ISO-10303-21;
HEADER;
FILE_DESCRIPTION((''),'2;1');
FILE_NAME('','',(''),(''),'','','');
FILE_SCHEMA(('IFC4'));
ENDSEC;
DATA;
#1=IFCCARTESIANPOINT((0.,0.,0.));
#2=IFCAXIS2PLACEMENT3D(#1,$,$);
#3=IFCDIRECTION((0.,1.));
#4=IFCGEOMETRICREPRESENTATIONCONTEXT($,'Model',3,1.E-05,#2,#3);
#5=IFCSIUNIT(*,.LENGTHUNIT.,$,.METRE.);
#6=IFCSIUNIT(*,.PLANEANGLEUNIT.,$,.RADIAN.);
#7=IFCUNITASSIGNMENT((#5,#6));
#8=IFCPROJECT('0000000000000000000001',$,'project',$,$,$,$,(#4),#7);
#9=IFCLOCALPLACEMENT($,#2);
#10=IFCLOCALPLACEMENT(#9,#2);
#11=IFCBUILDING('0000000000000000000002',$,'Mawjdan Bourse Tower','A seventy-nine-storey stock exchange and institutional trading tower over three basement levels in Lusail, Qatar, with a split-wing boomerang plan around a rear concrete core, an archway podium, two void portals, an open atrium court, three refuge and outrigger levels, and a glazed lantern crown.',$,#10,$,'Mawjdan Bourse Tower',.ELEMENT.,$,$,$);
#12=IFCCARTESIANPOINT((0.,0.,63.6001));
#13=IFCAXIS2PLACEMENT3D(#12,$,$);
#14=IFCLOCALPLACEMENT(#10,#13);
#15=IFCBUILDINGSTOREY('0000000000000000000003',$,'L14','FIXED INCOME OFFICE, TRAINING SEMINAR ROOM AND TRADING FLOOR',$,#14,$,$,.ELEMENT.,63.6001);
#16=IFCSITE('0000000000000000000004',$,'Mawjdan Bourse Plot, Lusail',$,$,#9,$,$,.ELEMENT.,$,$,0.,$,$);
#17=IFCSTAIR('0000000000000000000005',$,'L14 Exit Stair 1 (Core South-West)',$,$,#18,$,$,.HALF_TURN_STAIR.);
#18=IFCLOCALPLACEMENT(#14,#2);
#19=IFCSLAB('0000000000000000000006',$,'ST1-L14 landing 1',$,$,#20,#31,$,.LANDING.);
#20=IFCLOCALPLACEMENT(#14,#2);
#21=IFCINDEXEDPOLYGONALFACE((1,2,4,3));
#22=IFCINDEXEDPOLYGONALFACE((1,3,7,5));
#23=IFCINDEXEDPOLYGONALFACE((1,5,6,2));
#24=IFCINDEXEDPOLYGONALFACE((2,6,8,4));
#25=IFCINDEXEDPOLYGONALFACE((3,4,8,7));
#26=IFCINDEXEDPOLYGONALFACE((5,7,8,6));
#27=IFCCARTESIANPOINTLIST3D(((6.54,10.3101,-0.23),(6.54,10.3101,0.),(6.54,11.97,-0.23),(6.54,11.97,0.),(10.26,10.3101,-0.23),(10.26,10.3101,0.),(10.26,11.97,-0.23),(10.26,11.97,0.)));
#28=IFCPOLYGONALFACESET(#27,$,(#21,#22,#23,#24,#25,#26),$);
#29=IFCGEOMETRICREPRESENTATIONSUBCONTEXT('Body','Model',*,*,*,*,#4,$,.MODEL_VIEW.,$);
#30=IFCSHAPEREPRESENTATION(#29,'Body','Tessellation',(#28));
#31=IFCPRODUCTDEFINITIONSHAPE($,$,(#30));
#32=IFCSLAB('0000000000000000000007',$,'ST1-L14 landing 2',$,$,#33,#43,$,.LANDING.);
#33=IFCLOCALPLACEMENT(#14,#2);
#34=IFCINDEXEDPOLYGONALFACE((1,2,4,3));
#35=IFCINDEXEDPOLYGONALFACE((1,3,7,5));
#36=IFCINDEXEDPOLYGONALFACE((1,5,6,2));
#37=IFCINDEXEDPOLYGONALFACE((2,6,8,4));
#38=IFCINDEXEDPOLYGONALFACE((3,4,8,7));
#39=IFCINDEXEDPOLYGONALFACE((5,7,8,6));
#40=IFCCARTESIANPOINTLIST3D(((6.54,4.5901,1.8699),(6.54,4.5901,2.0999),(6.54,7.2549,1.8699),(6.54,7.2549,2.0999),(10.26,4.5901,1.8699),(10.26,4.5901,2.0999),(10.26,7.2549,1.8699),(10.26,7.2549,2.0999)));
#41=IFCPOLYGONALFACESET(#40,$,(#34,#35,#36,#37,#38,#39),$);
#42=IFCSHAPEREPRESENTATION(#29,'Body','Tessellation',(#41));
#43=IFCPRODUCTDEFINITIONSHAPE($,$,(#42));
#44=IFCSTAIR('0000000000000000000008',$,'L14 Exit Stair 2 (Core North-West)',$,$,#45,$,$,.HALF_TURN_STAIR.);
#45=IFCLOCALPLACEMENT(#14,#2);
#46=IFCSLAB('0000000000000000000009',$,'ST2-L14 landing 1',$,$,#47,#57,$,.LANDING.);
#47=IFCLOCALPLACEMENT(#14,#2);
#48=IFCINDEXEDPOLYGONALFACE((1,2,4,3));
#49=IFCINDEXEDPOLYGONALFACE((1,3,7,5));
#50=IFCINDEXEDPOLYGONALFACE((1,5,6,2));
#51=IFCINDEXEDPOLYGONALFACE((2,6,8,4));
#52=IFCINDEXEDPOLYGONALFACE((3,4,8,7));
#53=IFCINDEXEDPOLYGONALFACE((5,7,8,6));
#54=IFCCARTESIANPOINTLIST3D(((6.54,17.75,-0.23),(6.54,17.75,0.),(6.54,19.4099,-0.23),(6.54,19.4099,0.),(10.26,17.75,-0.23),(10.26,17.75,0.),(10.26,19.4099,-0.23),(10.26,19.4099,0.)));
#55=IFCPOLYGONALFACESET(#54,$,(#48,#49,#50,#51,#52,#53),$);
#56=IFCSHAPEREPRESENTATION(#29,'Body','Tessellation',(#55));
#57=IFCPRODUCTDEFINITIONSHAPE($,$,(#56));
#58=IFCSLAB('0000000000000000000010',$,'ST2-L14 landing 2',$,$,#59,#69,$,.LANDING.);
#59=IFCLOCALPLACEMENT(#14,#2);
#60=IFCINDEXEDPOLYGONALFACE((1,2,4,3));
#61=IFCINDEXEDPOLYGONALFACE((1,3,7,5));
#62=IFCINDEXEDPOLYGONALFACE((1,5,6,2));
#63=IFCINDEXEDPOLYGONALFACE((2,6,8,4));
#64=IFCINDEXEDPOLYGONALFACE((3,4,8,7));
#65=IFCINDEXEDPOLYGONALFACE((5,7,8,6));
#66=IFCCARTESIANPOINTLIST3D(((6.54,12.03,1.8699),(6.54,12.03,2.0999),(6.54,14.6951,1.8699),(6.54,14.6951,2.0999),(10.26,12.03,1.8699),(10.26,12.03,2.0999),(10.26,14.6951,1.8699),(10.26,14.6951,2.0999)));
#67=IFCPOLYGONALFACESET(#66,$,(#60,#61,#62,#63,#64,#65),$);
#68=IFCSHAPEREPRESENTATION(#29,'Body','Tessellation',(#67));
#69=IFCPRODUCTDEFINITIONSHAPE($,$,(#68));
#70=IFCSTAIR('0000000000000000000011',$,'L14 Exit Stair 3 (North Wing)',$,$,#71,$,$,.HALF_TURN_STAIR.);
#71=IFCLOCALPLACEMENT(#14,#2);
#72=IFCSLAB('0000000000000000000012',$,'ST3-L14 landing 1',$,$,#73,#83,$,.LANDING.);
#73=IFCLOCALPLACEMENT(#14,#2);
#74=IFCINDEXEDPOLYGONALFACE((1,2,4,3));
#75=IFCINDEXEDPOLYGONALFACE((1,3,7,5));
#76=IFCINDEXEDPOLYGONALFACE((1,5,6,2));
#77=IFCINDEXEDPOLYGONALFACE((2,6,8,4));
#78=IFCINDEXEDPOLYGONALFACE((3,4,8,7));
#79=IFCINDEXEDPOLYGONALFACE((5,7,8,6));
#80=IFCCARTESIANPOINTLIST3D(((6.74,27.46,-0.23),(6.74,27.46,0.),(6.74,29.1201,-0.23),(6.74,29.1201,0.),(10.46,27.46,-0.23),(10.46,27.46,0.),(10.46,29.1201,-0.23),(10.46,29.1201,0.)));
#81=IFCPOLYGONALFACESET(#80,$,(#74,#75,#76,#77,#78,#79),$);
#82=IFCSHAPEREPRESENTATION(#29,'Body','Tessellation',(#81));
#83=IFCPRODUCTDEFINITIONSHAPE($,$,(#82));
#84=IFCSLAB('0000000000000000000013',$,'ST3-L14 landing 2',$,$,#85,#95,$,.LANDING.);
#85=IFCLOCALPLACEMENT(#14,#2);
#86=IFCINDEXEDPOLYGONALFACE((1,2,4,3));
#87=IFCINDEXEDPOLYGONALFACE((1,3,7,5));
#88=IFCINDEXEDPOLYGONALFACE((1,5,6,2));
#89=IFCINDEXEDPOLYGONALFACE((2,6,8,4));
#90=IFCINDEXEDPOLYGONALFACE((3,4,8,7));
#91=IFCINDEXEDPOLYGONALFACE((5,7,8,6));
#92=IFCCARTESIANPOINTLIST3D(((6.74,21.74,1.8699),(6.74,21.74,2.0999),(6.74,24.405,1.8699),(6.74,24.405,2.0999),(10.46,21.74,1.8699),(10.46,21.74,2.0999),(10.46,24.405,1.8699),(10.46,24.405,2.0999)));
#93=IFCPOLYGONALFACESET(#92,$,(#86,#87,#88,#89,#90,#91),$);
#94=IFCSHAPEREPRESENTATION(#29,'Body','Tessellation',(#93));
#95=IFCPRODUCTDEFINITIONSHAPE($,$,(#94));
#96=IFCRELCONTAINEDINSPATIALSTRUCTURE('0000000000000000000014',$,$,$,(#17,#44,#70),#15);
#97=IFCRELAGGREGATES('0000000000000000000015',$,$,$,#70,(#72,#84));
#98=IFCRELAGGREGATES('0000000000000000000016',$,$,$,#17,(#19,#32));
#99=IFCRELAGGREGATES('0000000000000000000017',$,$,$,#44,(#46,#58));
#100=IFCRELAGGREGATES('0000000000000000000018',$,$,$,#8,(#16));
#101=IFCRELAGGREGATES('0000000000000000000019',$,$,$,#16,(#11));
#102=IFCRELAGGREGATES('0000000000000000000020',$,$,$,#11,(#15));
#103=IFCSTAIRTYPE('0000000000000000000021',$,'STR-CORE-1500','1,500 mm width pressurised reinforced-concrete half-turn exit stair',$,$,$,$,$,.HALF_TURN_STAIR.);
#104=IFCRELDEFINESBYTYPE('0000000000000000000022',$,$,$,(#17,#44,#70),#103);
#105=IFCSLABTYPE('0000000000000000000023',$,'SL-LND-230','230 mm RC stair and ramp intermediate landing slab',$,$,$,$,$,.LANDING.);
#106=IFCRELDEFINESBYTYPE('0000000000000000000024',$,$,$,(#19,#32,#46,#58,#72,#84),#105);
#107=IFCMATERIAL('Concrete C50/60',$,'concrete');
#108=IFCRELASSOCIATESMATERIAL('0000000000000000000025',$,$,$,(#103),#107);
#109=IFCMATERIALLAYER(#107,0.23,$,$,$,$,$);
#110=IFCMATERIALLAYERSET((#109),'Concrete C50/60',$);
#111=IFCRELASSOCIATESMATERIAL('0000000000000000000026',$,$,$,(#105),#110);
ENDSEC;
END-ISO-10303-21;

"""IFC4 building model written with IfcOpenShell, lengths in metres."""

from ifc_helpers import new_model, si_unit, direction, frame, origin, place, context, subcontext, project, spatial, polyline, outline, extrude, material, layer, layer_set, type_object, element, aggregate, save


model = new_model("IFC4")

# Units and contexts
model_context = context("Model", 3, precision=1e-05, world=origin(), true_north=direction((0.0, 1.0)))
body_context = subcontext(model_context, "Body", "Model", "MODEL_VIEW")
ifc_project = project(units=[si_unit("LENGTHUNIT", "METRE"), si_unit("PLANEANGLEUNIT", "RADIAN")], contexts=[model_context])

# Site, building, storey
site_placement = place(None, origin())
site = spatial("IfcSite", under=ifc_project, at=site_placement, Name="Mawjdan Bourse Plot, Lusail", CompositionType="ELEMENT", RefElevation=0.0)
building_placement = place(site_placement, origin())
building = spatial("IfcBuilding", under=site, at=building_placement, Name="Mawjdan Bourse Tower", Description="A seventy-nine-storey stock exchange and institutional trading tower over three basement levels in Lusail, Qatar, with a split-wing boomerang plan around a rear concrete core, an archway podium, two void portals, an open atrium court, three refuge and outrigger levels, and a glazed lantern crown.", LongName="Mawjdan Bourse Tower", CompositionType="ELEMENT")
storey_placement = place(building_placement, frame((0.0, 0.0, 63.6001)))
storey = spatial("IfcBuildingStorey", under=building, at=storey_placement, Name="L14", Description="FIXED INCOME OFFICE, TRAINING SEMINAR ROOM AND TRADING FLOOR", CompositionType="ELEMENT", Elevation=63.6001)

# Stairs, slabs
ifc_material_1 = material(Name="Concrete C50/60", Category="concrete")
stair_type = type_object("IfcStairType", Name="STR-CORE-1500", Description="1,500 mm width pressurised reinforced-concrete half-turn exit stair", PredefinedType="HALF_TURN_STAIR", material=ifc_material_1)
stair_1_placement = place(storey_placement, origin())
stair_1 = element("IfcStair", 1, at=stair_1_placement, inside=storey, type_object=stair_type, Name="L14 Exit Stair 1 (Core South-West)", PredefinedType="HALF_TURN_STAIR")
ifc_layer_1 = layer(ifc_material_1, 0.23)
ifc_layer_set_1 = layer_set([ifc_layer_1], Name="Concrete C50/60")
slab_type_1 = type_object("IfcSlabType", Name="SL-LND-230", Description="230 mm RC stair and ramp intermediate landing slab", PredefinedType="LANDING", material=ifc_layer_set_1)
slab_1_placement = place(storey_placement, frame((0.0, 0.0, -0.23)))
slab_1 = element("IfcSlab", 2, at=slab_1_placement, type_object=slab_type_1, Name="ST1-L14 landing 1", PredefinedType="LANDING", context=body_context, shape_type="SweptSolid", body=[
    extrude(outline(polyline([(6.54, 10.3101), (10.26, 10.3101), (10.26, 11.97), (6.54, 11.97), (6.54, 10.3101)])), origin(), (0.0, 0.0, 1.0), 0.23),
])
slab_2_placement = place(storey_placement, frame((0.0, 0.0, 1.8699)))
slab_2 = element("IfcSlab", 3, at=slab_2_placement, type_object=slab_type_1, Name="ST1-L14 landing 2", PredefinedType="LANDING", context=body_context, shape_type="SweptSolid", body=[
    extrude(outline(polyline([(6.54, 4.5901), (10.26, 4.5901), (10.26, 7.2549), (6.54, 7.2549), (6.54, 4.5901)])), origin(), (0.0, 0.0, 1.0), 0.23),
])
stair_2_placement = place(storey_placement, origin())
stair_2 = element("IfcStair", 4, at=stair_2_placement, inside=storey, type_object=stair_type, Name="L14 Exit Stair 2 (Core North-West)", PredefinedType="HALF_TURN_STAIR")
slab_3_placement = place(storey_placement, frame((0.0, 0.0, -0.23)))
slab_3 = element("IfcSlab", 5, at=slab_3_placement, type_object=slab_type_1, Name="ST2-L14 landing 1", PredefinedType="LANDING", context=body_context, shape_type="SweptSolid", body=[
    extrude(outline(polyline([(6.54, 17.75), (10.26, 17.75), (10.26, 19.4099), (6.54, 19.4099), (6.54, 17.75)])), origin(), (0.0, 0.0, 1.0), 0.23),
])
slab_4_placement = place(storey_placement, frame((0.0, 0.0, 1.8699)))
slab_4 = element("IfcSlab", 6, at=slab_4_placement, type_object=slab_type_1, Name="ST2-L14 landing 2", PredefinedType="LANDING", context=body_context, shape_type="SweptSolid", body=[
    extrude(outline(polyline([(6.54, 12.03), (10.26, 12.03), (10.26, 14.6951), (6.54, 14.6951), (6.54, 12.03)])), origin(), (0.0, 0.0, 1.0), 0.23),
])
stair_3_placement = place(storey_placement, origin())
stair_3 = element("IfcStair", 7, at=stair_3_placement, inside=storey, type_object=stair_type, Name="L14 Exit Stair 3 (North Wing)", PredefinedType="HALF_TURN_STAIR")
slab_5_placement = place(storey_placement, frame((0.0, 0.0, -0.23)))
slab_5 = element("IfcSlab", 8, at=slab_5_placement, type_object=slab_type_1, Name="ST3-L14 landing 1", PredefinedType="LANDING", context=body_context, shape_type="SweptSolid", body=[
    extrude(outline(polyline([(6.74, 27.46), (10.46, 27.46), (10.46, 29.1201), (6.74, 29.1201), (6.74, 27.46)])), origin(), (0.0, 0.0, 1.0), 0.23),
])
slab_6_placement = place(storey_placement, frame((0.0, 0.0, 1.8699)))
slab_6 = element("IfcSlab", 9, at=slab_6_placement, type_object=slab_type_1, Name="ST3-L14 landing 2", PredefinedType="LANDING", context=body_context, shape_type="SweptSolid", body=[
    extrude(outline(polyline([(6.74, 21.74), (10.46, 21.74), (10.46, 24.405), (6.74, 24.405), (6.74, 21.74)])), origin(), (0.0, 0.0, 1.0), 0.23),
])
aggregate(stair_3, [slab_5, slab_6])

aggregate(stair_1, [slab_1, slab_2])
aggregate(stair_2, [slab_3, slab_4])

save(model, "model.ifc")
